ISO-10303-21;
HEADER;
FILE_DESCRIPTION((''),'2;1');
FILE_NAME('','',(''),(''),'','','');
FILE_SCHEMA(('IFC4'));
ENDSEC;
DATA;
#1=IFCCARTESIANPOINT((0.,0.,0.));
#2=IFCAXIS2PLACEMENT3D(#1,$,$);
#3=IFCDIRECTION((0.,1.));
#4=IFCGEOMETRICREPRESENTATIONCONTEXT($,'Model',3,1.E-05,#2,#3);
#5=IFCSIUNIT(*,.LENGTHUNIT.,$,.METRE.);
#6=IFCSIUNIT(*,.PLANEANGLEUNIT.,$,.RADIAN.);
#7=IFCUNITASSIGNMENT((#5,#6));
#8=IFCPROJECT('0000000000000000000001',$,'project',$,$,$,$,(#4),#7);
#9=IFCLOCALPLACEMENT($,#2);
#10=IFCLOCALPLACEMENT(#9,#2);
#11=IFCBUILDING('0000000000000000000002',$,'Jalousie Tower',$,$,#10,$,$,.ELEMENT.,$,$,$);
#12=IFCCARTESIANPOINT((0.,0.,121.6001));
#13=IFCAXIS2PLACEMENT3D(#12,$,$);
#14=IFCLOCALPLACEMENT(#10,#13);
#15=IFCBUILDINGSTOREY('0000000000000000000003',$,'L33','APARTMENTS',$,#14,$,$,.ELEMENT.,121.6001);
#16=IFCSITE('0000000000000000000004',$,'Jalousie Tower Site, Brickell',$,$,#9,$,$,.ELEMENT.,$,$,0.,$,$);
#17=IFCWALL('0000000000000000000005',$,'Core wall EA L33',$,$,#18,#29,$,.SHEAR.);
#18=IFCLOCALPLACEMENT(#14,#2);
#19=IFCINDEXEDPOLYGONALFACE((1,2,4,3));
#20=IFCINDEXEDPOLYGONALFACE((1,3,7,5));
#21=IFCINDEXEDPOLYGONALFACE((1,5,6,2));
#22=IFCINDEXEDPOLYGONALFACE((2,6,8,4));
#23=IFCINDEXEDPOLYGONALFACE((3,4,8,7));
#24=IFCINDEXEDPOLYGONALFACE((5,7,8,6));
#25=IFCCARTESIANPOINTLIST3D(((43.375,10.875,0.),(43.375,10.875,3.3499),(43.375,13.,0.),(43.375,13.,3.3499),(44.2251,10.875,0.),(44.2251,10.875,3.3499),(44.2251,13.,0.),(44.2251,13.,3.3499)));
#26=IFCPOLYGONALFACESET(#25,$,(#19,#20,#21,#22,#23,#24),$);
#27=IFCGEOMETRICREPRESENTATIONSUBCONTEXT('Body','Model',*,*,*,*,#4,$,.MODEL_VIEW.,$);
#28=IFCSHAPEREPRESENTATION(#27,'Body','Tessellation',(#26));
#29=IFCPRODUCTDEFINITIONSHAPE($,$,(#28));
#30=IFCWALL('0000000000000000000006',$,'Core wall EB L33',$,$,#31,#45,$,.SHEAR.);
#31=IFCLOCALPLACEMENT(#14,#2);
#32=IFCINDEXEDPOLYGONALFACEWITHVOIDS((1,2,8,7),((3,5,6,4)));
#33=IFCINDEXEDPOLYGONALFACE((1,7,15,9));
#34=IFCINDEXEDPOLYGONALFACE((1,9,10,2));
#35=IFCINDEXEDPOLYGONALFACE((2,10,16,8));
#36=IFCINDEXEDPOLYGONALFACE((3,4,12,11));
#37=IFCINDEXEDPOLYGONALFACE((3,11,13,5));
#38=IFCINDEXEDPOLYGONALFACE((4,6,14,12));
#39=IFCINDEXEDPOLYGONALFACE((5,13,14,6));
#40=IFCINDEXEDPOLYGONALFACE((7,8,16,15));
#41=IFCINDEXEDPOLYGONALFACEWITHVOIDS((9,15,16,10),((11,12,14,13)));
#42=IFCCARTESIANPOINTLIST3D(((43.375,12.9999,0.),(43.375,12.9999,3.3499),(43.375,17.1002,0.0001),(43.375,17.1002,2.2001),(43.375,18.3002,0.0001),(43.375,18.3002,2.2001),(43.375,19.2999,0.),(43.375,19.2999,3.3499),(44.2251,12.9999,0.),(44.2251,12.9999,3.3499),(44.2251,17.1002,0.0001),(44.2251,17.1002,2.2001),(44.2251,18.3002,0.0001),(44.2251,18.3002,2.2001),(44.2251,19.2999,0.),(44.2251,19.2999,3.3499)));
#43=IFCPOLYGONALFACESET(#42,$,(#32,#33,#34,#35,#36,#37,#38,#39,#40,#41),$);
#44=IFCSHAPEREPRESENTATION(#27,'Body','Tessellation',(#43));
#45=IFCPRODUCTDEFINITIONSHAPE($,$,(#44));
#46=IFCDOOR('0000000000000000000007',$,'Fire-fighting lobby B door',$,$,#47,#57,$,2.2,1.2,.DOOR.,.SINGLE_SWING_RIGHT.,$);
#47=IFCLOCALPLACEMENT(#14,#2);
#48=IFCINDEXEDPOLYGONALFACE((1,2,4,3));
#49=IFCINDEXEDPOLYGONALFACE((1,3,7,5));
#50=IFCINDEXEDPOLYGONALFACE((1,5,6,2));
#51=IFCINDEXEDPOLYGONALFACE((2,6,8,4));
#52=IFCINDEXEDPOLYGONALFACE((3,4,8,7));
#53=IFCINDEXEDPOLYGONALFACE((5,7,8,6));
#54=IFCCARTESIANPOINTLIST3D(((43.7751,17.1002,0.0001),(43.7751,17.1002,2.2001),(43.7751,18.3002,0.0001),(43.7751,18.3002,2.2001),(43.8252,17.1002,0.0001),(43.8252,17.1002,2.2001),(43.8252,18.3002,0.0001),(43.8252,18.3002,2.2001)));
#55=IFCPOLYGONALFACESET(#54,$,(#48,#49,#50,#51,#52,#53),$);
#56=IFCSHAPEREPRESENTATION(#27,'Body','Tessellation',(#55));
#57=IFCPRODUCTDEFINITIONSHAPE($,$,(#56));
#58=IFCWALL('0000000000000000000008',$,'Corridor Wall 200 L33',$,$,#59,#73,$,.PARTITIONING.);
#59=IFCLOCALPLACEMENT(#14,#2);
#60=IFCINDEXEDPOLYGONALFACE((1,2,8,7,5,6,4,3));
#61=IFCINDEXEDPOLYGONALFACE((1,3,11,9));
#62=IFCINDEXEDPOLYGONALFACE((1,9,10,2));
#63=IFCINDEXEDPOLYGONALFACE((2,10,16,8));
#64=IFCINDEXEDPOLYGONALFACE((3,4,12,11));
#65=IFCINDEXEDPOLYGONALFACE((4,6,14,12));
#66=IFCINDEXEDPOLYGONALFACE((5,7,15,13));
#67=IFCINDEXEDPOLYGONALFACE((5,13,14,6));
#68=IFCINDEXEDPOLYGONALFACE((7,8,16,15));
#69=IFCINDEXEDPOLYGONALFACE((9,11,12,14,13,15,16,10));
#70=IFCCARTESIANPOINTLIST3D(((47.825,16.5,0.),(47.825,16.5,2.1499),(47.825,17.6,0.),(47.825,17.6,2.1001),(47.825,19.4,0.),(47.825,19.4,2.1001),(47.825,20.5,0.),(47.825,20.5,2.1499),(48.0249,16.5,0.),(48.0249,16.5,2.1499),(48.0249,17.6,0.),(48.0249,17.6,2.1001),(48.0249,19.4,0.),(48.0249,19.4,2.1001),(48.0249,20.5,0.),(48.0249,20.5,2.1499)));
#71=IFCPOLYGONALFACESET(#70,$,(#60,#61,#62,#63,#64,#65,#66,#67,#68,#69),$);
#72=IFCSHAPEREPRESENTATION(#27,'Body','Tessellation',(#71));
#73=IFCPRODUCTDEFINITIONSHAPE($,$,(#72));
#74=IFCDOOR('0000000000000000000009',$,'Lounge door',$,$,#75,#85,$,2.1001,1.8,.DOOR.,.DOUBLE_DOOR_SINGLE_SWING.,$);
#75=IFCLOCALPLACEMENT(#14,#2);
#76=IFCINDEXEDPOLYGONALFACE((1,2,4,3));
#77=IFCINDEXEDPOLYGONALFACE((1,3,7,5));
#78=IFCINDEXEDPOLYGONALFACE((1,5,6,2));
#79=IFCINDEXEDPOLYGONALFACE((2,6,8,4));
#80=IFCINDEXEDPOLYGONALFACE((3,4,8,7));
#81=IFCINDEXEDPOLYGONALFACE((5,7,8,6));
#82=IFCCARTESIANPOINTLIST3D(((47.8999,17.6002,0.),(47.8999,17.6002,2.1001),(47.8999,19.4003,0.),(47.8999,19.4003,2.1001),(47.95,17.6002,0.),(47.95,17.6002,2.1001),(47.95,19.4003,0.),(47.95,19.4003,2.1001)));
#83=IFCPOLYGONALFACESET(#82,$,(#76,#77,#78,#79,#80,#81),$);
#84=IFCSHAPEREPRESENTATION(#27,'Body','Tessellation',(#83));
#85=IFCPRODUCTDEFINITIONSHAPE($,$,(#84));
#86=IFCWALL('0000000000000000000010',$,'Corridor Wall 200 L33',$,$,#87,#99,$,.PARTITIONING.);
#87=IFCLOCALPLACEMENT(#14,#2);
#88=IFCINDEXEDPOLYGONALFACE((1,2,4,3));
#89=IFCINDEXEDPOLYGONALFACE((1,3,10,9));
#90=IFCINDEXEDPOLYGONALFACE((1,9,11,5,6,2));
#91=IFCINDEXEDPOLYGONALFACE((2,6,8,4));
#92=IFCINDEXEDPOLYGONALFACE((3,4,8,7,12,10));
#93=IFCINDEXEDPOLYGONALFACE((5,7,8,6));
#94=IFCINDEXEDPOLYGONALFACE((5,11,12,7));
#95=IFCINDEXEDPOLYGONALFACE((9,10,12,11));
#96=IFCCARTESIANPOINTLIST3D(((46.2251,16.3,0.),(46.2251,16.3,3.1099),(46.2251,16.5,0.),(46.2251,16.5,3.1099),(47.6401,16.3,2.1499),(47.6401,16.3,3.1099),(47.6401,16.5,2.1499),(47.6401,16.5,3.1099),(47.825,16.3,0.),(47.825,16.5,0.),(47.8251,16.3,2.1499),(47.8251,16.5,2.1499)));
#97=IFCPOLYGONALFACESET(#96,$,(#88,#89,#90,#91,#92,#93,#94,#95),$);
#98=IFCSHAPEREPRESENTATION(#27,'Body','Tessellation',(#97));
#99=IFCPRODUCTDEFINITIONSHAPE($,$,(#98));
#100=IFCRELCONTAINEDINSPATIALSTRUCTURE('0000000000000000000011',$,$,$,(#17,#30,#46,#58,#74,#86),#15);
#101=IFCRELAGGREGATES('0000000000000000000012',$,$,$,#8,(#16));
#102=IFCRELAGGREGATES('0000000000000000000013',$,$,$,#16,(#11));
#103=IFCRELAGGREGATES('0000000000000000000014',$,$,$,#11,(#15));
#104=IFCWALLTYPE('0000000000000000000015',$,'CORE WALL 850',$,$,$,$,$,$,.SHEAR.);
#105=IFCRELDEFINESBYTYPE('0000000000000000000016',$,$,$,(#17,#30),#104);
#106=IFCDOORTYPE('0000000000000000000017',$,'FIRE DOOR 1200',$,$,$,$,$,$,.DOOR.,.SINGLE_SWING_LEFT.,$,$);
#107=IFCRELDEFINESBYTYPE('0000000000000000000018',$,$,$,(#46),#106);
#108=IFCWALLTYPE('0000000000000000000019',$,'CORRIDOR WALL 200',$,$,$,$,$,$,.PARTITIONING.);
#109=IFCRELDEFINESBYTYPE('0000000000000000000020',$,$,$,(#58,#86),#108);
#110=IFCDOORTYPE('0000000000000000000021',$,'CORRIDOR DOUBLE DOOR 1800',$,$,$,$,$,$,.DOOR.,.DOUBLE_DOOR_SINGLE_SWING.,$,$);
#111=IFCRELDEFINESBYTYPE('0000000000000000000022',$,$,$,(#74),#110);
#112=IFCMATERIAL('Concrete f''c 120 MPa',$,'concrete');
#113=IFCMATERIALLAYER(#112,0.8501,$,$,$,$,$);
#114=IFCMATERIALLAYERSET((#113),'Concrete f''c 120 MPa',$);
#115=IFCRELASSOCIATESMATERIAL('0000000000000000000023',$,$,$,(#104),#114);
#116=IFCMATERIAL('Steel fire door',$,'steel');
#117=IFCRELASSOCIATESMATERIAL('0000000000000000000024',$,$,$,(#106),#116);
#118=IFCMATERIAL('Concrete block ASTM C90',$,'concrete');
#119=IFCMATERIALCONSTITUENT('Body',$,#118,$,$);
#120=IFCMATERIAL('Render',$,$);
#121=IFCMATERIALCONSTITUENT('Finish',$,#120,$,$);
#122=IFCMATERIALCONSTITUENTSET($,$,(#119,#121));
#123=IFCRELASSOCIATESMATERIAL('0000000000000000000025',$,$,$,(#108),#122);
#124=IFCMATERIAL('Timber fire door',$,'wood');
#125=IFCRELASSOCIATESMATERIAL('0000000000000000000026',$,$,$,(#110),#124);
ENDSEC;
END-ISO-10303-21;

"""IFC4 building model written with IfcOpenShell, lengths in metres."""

from ifc_helpers import new_model, si_unit, direction, frame, frame_2d, origin, place, context, subcontext, project, spatial, polyline, rectangle, outline, extrude, material, layer, layer_set, constituent, constituent_set, type_object, element, fill, save


model = new_model("IFC4")

# Units and contexts
model_context = context("Model", 3, precision=1e-05, world=origin(), true_north=direction((0.0, 1.0)))
body_context = subcontext(model_context, "Body", "Model", "MODEL_VIEW")
ifc_project = project(units=[si_unit("LENGTHUNIT", "METRE"), si_unit("PLANEANGLEUNIT", "RADIAN")], contexts=[model_context])

# Site, building, storey
site_placement = place(None, origin())
site = spatial("IfcSite", under=ifc_project, at=site_placement, Name="Jalousie Tower Site, Brickell", CompositionType="ELEMENT", RefElevation=0.0)
building_placement = place(site_placement, origin())
building = spatial("IfcBuilding", under=site, at=building_placement, Name="Jalousie Tower", CompositionType="ELEMENT")
storey_placement = place(building_placement, frame((0.0, 0.0, 121.6001)))
storey = spatial("IfcBuildingStorey", under=building, at=storey_placement, Name="L33", Description="APARTMENTS", CompositionType="ELEMENT", Elevation=121.6001)

# Wall
ifc_material_1 = material(Name="Concrete f'c 120 MPa", Category="concrete")
ifc_layer_1 = layer(ifc_material_1, 0.8501)
ifc_layer_set_1 = layer_set([ifc_layer_1], Name="Concrete f'c 120 MPa")
wall_type_1 = type_object("IfcWallType", Name="CORE WALL 850", PredefinedType="SHEAR", material=ifc_layer_set_1)
wall_1_placement = place(storey_placement, frame((43.8, 10.875, 0.0), z_axis=(0.0, 0.0, 1.0), x_axis=(0.0, 1.0, 0.0)))
element("IfcWall", 1, at=wall_1_placement, inside=storey, type_object=wall_type_1, Name="Core wall EA L33", PredefinedType="SHEAR", context=body_context, shape_type="SweptSolid", body=[
    extrude(rectangle(XDim=2.125, YDim=0.8501, at=frame_2d((1.0625, 0.0))), origin(), (0.0, 0.0, 1.0), 3.3499),
])

# Walls, openings, doors
wall_2_placement = place(storey_placement, frame((43.8, 13.0, 0.0), z_axis=(0.0, 0.0, 1.0), x_axis=(0.0, 1.0, 0.0)))
wall_2 = element("IfcWall", 2, at=wall_2_placement, inside=storey, type_object=wall_type_1, Name="Core wall EB L33", PredefinedType="SHEAR", context=body_context, shape_type="SweptSolid", body=[
    extrude(rectangle(XDim=6.3, YDim=0.8501, at=frame_2d((3.1499, 0.0))), origin(), (0.0, 0.0, 1.0), 3.3499),
])
opening_1_placement = place(wall_2_placement, frame((4.1001, 0.0, 0.0)))
opening_1 = element("IfcOpeningElement", 3, at=opening_1_placement, cuts=wall_2, PredefinedType="OPENING", context=body_context, shape_type="SweptSolid", body=[
    extrude(rectangle(XDim=1.2, YDim=2.2, at=frame_2d((0.6001, 1.1001))), frame((0.0, 0.4351, 0.0), z_axis=(0.0, -1.0, 0.0), x_axis=(1.0, 0.0, 0.0)), (0.0, 0.0, 1.0), 0.8701),
])
ifc_material_2 = material(Name="Steel fire door", Category="steel")
door_type_1 = type_object("IfcDoorType", Name="FIRE DOOR 1200", OperationType="SINGLE_SWING_LEFT", PredefinedType="DOOR", material=ifc_material_2)
door_1_placement = place(opening_1_placement, origin())
door_1 = element("IfcDoor", 4, at=door_1_placement, inside=storey, type_object=door_type_1, Name="Fire-fighting lobby B door", OperationType="SINGLE_SWING_RIGHT", OverallHeight=2.2, OverallWidth=1.2, PredefinedType="DOOR", context=body_context, shape_type="SweptSolid", body=[
    extrude(rectangle(XDim=1.2, YDim=2.2, at=frame_2d((0.6001, 1.1001))), frame((0.0, 0.0249, 0.0), z_axis=(0.0, -1.0, 0.0), x_axis=(1.0, 0.0, 0.0)), (0.0, 0.0, 1.0), 0.05),
])
fill(opening_1, door_1)
ifc_material_3 = material(Name="Concrete block ASTM C90", Category="concrete")
ifc_constituent_1 = constituent(ifc_material_3, Name="Body")
ifc_material_4 = material(Name="Render")
ifc_constituent_2 = constituent(ifc_material_4, Name="Finish")
ifc_constituent_set = constituent_set(constituents=[ifc_constituent_1, ifc_constituent_2])
wall_type_2 = type_object("IfcWallType", Name="CORRIDOR WALL 200", PredefinedType="PARTITIONING", material=ifc_constituent_set)
wall_3_placement = place(storey_placement, frame((47.925, 16.5, 0.0), z_axis=(0.0, 0.0, 1.0), x_axis=(0.0, 1.0, 0.0)))
wall_3 = element("IfcWall", 5, at=wall_3_placement, inside=storey, type_object=wall_type_2, Name="Corridor Wall 200 L33", PredefinedType="PARTITIONING", context=body_context, shape_type="SweptSolid", body=[
    extrude(outline(polyline([(0.0, 0.0), (4.0, 0.0), (4.0, 3.1099), (4.0, 2.1499), (0.0, 2.1499), (0.0, 3.1099), (0.0, 0.0)])), frame((0.0, 0.1001, 0.0), z_axis=(0.0, -1.0, 0.0), x_axis=(1.0, 0.0, 0.0)), (0.0, 0.0, 1.0), 0.2),
])
opening_2_placement = place(wall_3_placement, frame((1.1001, 0.0, 0.0)))
opening_2 = element("IfcOpeningElement", 6, at=opening_2_placement, cuts=wall_3, PredefinedType="OPENING", context=body_context, shape_type="SweptSolid", body=[
    extrude(rectangle(XDim=1.8, YDim=2.1001, at=frame_2d((0.8999, 1.05))), frame((0.0, 0.1099, 0.0), z_axis=(0.0, -1.0, 0.0), x_axis=(1.0, 0.0, 0.0)), (0.0, 0.0, 1.0), 0.22),
])
ifc_material_5 = material(Name="Timber fire door", Category="wood")
door_type_2 = type_object("IfcDoorType", Name="CORRIDOR DOUBLE DOOR 1800", OperationType="DOUBLE_DOOR_SINGLE_SWING", PredefinedType="DOOR", material=ifc_material_5)
door_2_placement = place(opening_2_placement, frame((1.8, 0.0, 0.0), z_axis=(0.0, 0.0, 1.0), x_axis=(-1.0, 0.0, 0.0)))
door_2 = element("IfcDoor", 7, at=door_2_placement, inside=storey, type_object=door_type_2, Name="Lounge door", OperationType="DOUBLE_DOOR_SINGLE_SWING", OverallHeight=2.1001, OverallWidth=1.8, PredefinedType="DOOR", context=body_context, shape_type="SweptSolid", body=[
    extrude(rectangle(XDim=1.8, YDim=2.1001, at=frame_2d((0.8999, 1.05))), frame((0.0, 0.0249, 0.0), z_axis=(0.0, -1.0, 0.0), x_axis=(1.0, 0.0, 0.0)), (0.0, 0.0, 1.0), 0.05),
])
fill(opening_2, door_2)

# Wall
wall_4_placement = place(storey_placement, frame((46.2251, 16.3999, 0.0), z_axis=(0.0, 0.0, 1.0), x_axis=(1.0, 0.0, 0.0)))
element("IfcWall", 8, at=wall_4_placement, inside=storey, type_object=wall_type_2, Name="Corridor Wall 200 L33", PredefinedType="PARTITIONING", context=body_context, shape_type="SweptSolid", body=[
    extrude(outline(polyline([(0.0, 0.0), (1.5999, 0.0), (1.6001, 3.1099), (1.6001, 2.1499), (1.415, 2.1499), (1.415, 3.1099), (0.0, 3.1099), (0.0, 0.0)])), frame((0.0, 0.1001, 0.0), z_axis=(0.0, -1.0, 0.0), x_axis=(1.0, 0.0, 0.0)), (0.0, 0.0, 1.0), 0.2),
])

save(model, "model.ifc")
